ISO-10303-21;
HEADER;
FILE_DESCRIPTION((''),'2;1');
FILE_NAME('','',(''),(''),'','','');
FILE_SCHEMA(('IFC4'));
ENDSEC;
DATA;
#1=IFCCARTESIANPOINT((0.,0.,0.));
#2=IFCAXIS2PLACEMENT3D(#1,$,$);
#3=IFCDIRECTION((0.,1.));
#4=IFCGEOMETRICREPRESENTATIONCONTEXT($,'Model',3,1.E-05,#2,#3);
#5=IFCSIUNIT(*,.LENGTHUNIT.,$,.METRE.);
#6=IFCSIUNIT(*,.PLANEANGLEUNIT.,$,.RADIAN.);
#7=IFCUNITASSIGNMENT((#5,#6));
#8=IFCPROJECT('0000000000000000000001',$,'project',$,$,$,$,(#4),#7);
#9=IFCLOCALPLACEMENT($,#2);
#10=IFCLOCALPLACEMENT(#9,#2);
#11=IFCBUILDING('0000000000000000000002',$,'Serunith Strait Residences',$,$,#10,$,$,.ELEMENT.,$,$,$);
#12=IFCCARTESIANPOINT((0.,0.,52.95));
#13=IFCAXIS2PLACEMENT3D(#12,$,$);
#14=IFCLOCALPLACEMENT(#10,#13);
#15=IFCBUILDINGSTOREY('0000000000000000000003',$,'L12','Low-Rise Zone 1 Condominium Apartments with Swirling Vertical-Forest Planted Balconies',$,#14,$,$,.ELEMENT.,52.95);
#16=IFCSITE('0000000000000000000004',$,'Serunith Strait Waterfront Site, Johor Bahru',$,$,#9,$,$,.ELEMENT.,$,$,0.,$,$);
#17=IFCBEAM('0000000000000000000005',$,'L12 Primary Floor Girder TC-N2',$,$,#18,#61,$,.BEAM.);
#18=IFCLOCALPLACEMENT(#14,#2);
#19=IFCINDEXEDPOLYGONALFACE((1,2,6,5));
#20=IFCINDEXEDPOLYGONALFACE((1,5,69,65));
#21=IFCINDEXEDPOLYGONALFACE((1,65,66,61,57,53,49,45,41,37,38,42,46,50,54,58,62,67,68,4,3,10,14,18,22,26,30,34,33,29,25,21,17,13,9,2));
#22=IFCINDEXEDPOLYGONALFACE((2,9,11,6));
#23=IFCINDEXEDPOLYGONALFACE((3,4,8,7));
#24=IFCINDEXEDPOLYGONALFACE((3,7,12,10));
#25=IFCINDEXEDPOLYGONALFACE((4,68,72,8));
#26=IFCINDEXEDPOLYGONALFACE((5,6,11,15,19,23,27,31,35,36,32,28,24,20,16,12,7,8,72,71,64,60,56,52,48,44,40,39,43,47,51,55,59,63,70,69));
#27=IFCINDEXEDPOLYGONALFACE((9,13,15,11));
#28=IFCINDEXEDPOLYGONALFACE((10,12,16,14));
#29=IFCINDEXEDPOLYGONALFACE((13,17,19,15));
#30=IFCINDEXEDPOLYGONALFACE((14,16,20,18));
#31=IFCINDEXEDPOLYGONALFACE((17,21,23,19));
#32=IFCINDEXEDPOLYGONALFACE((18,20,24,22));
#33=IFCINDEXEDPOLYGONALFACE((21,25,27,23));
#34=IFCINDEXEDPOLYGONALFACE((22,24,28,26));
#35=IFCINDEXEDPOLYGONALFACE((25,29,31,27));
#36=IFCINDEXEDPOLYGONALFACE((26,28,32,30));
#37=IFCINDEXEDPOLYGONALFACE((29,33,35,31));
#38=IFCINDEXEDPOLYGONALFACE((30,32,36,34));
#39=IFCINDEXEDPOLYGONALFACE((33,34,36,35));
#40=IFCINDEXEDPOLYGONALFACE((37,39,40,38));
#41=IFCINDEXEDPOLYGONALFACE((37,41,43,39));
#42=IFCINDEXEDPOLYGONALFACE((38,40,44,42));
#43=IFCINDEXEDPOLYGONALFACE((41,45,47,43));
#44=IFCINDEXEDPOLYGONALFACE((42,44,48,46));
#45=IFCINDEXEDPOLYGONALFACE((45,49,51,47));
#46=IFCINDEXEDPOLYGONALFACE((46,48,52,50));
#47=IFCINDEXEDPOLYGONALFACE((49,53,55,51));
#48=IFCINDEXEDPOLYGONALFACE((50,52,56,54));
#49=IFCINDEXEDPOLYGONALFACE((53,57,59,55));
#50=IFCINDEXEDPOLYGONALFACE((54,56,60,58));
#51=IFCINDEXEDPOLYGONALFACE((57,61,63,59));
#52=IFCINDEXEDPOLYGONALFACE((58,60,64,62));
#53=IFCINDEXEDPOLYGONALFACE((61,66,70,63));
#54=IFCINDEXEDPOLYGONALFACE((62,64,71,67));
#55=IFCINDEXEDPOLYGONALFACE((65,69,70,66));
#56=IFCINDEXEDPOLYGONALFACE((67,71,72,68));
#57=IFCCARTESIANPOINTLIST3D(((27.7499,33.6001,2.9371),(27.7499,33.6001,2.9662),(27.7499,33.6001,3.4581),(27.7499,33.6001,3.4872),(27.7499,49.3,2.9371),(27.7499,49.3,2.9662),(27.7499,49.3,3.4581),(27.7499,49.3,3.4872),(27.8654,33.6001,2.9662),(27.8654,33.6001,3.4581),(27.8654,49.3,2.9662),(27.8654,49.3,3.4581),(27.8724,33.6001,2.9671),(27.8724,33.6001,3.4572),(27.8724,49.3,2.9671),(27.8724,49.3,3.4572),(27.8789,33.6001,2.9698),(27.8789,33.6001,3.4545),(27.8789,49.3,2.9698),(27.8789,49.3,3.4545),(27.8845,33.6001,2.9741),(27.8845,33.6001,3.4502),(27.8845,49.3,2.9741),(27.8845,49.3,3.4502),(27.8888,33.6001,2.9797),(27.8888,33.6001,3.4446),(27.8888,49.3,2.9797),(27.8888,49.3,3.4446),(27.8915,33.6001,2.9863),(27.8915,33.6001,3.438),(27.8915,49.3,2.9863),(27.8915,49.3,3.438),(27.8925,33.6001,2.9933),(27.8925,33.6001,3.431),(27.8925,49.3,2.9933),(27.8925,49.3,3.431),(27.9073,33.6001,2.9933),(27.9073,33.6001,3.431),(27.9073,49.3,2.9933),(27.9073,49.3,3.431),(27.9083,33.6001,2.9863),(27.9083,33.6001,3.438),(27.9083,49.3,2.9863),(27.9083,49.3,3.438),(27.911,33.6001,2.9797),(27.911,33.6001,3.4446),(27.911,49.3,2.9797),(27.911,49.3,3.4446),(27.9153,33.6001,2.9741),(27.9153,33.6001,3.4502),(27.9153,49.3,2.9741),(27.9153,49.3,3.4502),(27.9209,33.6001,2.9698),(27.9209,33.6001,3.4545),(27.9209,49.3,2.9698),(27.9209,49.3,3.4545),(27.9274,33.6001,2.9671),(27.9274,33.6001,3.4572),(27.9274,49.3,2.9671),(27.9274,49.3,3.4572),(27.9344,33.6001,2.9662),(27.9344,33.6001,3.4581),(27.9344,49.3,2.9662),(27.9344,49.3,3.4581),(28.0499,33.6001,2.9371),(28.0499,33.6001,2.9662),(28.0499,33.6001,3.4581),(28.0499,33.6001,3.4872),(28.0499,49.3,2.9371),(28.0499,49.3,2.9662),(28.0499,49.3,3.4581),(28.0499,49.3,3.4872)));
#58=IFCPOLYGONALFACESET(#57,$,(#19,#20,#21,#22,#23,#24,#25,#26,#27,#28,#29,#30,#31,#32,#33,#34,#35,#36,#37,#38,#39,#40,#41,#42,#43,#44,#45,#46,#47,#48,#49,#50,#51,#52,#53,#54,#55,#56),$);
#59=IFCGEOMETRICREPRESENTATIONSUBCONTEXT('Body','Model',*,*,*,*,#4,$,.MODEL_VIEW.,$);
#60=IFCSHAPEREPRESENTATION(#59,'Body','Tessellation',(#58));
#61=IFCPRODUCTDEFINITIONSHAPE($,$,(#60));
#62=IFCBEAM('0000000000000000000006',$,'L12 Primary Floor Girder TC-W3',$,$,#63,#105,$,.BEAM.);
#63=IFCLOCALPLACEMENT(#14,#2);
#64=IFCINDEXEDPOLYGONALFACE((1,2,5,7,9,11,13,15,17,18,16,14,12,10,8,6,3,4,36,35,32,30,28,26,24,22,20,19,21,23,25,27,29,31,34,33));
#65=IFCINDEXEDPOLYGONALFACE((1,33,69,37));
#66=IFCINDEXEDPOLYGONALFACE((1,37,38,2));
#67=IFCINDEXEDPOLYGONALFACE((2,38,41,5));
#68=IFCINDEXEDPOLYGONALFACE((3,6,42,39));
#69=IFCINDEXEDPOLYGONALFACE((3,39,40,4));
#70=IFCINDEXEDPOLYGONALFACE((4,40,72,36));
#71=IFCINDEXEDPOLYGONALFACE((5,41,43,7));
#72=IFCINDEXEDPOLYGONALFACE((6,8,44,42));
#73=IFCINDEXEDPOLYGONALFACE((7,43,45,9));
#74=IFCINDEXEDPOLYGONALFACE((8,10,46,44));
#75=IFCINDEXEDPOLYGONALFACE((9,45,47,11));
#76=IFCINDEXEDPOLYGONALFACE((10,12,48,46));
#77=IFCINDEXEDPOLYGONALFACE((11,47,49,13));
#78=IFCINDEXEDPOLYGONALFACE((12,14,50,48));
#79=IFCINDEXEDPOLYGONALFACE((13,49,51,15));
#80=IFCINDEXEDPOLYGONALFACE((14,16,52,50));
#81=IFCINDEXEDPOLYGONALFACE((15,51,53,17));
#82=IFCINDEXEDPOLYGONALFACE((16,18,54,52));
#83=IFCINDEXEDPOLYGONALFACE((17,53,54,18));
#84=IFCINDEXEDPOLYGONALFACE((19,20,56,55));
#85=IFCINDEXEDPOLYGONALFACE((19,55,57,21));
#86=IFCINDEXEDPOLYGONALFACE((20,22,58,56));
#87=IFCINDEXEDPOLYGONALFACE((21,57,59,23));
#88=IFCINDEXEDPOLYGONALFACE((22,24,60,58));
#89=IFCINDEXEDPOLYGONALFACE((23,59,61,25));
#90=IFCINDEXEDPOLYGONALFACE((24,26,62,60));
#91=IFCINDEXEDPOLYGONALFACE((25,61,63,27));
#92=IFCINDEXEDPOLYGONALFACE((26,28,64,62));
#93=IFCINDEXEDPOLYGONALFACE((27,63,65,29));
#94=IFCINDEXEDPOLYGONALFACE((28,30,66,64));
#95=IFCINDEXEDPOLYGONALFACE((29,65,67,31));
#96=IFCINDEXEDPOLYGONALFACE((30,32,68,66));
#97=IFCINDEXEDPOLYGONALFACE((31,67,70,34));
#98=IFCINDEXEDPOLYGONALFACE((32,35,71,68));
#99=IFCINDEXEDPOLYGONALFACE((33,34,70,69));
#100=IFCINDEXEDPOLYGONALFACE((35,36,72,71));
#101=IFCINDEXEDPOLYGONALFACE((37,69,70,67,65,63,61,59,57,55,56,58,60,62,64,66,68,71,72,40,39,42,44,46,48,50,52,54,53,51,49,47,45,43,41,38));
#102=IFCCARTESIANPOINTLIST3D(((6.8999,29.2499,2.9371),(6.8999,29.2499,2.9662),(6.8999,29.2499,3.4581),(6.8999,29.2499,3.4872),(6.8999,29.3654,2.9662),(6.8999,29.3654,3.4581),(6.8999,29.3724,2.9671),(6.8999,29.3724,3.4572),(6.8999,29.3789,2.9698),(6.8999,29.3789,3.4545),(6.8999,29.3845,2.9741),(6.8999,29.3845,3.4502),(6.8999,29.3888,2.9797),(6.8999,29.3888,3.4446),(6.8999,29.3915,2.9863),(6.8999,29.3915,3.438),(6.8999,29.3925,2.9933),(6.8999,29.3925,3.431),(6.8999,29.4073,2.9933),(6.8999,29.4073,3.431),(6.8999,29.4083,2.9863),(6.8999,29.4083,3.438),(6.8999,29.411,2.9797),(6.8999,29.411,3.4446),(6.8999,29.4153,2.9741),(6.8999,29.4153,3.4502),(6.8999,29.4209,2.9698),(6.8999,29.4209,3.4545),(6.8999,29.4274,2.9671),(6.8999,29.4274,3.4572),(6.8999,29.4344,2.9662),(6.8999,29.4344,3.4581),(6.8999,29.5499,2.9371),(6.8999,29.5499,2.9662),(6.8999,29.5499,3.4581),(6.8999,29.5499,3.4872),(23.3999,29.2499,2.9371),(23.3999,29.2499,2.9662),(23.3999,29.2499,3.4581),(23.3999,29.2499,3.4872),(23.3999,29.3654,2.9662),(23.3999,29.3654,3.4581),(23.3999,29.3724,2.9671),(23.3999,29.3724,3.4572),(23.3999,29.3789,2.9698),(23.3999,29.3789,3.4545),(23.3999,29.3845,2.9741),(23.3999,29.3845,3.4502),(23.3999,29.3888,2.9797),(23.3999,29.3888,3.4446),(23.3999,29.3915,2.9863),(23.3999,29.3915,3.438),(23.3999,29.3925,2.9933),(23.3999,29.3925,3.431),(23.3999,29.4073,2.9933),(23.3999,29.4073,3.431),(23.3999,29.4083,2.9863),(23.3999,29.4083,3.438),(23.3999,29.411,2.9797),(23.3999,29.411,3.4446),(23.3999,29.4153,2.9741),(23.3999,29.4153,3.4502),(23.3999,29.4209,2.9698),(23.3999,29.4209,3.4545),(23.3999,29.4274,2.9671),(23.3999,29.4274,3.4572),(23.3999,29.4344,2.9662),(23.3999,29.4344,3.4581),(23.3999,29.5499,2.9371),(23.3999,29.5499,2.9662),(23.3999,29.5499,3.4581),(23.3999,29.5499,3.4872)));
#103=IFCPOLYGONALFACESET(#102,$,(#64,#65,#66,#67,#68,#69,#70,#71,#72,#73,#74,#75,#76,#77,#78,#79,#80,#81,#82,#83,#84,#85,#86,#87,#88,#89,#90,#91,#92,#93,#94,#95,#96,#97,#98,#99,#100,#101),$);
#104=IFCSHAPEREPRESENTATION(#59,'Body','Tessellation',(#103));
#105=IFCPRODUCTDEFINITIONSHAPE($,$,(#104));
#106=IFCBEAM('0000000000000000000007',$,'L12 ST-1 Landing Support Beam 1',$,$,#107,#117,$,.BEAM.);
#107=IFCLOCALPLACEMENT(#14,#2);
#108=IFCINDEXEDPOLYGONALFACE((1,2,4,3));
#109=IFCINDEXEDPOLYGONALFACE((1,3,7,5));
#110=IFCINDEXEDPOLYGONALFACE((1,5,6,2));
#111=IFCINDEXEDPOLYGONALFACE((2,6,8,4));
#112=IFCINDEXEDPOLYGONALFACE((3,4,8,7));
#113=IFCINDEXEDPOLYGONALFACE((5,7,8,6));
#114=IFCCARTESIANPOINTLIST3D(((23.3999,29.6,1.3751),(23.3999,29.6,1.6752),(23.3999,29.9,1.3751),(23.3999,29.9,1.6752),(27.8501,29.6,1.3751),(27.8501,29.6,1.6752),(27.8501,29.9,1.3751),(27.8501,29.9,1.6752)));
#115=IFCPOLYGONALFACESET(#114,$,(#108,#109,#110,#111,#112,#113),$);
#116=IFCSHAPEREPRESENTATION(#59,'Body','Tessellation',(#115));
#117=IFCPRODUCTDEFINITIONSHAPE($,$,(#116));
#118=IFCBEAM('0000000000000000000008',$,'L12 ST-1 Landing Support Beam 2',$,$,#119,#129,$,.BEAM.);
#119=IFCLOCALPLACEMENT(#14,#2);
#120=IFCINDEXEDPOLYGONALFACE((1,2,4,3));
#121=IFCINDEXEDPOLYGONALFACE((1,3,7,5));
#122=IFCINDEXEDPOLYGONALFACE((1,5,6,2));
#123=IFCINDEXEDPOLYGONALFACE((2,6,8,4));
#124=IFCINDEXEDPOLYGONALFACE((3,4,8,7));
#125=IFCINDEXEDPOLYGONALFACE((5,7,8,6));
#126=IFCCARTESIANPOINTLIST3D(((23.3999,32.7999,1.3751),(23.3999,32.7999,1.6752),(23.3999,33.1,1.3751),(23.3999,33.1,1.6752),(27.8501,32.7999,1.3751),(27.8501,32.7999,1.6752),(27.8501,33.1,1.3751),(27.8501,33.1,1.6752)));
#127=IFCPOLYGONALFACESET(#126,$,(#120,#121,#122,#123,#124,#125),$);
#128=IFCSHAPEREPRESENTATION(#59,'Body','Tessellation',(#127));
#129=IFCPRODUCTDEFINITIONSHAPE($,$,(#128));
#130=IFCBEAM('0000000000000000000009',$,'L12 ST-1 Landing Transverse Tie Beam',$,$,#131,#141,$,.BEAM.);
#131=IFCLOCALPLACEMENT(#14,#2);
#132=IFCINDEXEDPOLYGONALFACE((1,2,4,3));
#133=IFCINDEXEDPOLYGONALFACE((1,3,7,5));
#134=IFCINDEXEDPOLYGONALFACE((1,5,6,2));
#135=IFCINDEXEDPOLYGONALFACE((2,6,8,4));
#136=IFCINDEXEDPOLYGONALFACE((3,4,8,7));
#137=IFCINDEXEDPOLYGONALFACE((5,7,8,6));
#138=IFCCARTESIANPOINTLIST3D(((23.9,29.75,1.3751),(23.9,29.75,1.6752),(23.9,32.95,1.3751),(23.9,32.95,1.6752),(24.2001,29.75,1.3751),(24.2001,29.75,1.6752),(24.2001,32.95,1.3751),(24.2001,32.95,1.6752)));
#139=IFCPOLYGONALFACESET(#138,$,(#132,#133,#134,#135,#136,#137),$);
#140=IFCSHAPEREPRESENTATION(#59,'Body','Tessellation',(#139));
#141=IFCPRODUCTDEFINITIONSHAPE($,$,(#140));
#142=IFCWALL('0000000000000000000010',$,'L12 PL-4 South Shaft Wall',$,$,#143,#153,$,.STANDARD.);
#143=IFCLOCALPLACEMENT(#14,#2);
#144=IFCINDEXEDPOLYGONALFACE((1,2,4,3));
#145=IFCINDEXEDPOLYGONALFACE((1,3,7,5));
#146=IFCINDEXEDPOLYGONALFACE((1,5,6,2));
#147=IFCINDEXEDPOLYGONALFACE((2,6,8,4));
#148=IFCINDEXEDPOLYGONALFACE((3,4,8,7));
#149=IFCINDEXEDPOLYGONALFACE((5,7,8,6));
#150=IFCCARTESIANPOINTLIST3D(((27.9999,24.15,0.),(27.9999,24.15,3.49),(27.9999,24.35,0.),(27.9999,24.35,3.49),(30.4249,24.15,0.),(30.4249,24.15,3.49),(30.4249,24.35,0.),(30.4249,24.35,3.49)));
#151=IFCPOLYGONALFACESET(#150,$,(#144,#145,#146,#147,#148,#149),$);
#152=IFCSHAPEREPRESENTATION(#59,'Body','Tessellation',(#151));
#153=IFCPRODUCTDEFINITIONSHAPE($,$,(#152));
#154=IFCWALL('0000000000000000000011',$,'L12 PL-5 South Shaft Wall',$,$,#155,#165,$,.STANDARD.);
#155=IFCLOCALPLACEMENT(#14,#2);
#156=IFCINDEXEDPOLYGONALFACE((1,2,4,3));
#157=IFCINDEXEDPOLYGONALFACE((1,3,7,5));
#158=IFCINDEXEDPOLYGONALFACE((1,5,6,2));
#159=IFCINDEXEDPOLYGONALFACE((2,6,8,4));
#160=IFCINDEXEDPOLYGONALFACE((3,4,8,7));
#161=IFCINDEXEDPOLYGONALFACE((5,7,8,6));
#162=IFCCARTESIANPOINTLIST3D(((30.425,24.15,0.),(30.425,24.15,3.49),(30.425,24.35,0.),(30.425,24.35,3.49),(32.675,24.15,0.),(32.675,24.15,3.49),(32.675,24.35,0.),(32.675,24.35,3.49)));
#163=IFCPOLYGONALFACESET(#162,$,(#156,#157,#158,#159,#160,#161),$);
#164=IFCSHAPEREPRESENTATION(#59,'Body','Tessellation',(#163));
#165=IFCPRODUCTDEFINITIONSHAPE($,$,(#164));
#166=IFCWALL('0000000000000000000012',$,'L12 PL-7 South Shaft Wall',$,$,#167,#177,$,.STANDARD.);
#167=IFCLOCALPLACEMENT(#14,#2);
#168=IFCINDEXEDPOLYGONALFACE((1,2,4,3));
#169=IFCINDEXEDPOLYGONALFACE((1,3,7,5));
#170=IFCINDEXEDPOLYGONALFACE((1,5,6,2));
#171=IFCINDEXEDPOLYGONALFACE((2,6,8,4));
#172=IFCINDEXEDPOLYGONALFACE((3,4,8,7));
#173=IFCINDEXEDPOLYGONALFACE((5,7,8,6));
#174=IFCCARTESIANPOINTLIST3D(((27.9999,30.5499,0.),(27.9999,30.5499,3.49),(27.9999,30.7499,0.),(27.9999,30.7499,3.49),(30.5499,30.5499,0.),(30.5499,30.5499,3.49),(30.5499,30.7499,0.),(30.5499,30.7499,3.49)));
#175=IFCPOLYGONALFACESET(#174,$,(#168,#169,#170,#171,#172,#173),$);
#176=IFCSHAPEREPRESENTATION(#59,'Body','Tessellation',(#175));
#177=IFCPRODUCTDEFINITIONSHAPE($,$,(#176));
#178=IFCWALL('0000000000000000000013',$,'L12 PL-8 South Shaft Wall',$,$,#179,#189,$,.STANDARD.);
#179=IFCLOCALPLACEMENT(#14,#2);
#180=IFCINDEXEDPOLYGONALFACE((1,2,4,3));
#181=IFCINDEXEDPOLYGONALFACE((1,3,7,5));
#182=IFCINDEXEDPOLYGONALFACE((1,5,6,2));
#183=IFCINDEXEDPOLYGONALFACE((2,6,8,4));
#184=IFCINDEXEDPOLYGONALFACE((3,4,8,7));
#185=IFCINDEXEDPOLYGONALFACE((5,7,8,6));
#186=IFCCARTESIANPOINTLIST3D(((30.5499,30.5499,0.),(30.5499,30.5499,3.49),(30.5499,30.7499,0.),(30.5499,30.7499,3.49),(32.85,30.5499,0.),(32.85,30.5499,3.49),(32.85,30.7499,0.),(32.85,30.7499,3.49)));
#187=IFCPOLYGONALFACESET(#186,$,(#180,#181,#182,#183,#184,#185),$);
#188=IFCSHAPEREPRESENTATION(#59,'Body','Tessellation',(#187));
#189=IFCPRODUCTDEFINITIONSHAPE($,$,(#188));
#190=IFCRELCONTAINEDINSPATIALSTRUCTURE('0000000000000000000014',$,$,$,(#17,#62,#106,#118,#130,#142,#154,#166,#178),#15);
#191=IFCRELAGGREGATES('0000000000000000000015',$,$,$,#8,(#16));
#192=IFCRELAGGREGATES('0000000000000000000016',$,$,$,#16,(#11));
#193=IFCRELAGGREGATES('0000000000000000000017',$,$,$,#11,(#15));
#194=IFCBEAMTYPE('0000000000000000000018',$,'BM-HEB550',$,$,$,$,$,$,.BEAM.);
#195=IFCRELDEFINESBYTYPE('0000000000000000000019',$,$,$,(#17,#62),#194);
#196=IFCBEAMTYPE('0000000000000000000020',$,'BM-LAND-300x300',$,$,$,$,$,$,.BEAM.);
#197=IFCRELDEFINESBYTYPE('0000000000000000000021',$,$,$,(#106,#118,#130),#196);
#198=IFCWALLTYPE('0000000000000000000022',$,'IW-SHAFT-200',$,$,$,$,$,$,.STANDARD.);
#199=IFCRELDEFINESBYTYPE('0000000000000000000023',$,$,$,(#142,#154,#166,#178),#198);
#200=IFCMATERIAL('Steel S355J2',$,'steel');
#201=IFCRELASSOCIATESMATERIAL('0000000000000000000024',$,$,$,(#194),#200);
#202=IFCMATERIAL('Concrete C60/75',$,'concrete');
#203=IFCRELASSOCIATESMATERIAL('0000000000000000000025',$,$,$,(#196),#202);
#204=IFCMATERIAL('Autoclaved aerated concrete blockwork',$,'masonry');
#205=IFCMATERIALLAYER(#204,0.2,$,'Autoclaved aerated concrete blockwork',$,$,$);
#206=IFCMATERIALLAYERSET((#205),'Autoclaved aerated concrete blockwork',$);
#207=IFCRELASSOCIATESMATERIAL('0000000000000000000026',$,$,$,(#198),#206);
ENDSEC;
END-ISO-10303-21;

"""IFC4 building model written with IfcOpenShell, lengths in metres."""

from ifc_helpers import new_model, si_unit, direction, frame, frame_2d, origin, origin_2d, place, context, subcontext, project, spatial, rectangle, i_section, extrude, source, transform, mapped, material, layer, layer_set, material_profile, profile_set, type_object, element, save


model = new_model("IFC4")

# Units and contexts
model_context = context("Model", 3, precision=1e-05, world=origin(), true_north=direction((0.0, 1.0)))
body_context = subcontext(model_context, "Body", "Model", "MODEL_VIEW")
ifc_project = project(units=[si_unit("LENGTHUNIT", "METRE"), si_unit("PLANEANGLEUNIT", "RADIAN")], contexts=[model_context])

# Site, building, storey
site_placement = place(None, origin())
site = spatial("IfcSite", under=ifc_project, at=site_placement, Name="Serunith Strait Waterfront Site, Johor Bahru", CompositionType="ELEMENT", RefElevation=0.0)
building_placement = place(site_placement, origin())
building = spatial("IfcBuilding", under=site, at=building_placement, Name="Serunith Strait Residences", CompositionType="ELEMENT")
storey_placement = place(building_placement, frame((0.0, 0.0, 52.95)))
storey = spatial("IfcBuildingStorey", under=building, at=storey_placement, Name="L12", Description="Low-Rise Zone 1 Condominium Apartments with Swirling Vertical-Forest Planted Balconies", CompositionType="ELEMENT", Elevation=52.95)

# Beams
ifc_material_1 = material(Name="Steel S355J2", Category="steel")
ifc_material_profile_1 = material_profile(ifc_material_1, i_section(OverallWidth=0.3, OverallDepth=0.55, WebThickness=0.0149, FlangeThickness=0.0291, FilletRadius=0.0271, at=origin_2d()), Name="HEB 550")
ifc_profile_set_1 = profile_set([ifc_material_profile_1], Name="Steel S355J2")
beam_type_1 = type_object("IfcBeamType", Name="BM-HEB550", PredefinedType="BEAM", material=ifc_profile_set_1)
shared_shape_1 = source(origin(), body_context, "Body", "SweptSolid", [
    extrude(i_section(OverallWidth=0.3, OverallDepth=0.55, WebThickness=0.0149, FlangeThickness=0.0291, FilletRadius=0.0271, at=origin_2d()), origin(), (0.0, 0.0, 1.0), 15.7),
])
beam_1_placement = place(storey_placement, frame((27.8999, 33.6001, 3.2122), z_axis=(0.0, 1.0, 0.0), x_axis=(-1.0, 0.0, 0.0)))
element("IfcBeam", 1, at=beam_1_placement, inside=storey, type_object=beam_type_1, Name="L12 Primary Floor Girder TC-N2", PredefinedType="BEAM", context=body_context, shape_type="MappedRepresentation", body=[
    mapped(shared_shape_1, transform((0.0, 0.0, 0.0), scale=1.0)),
])
shared_shape_2 = source(origin(), body_context, "Body", "SweptSolid", [
    extrude(i_section(OverallWidth=0.3, OverallDepth=0.55, WebThickness=0.0149, FlangeThickness=0.0291, FilletRadius=0.0271, at=origin_2d()), origin(), (0.0, 0.0, 1.0), 16.5),
])
beam_2_placement = place(storey_placement, frame((23.3999, 29.3999, 3.2122), z_axis=(-1.0, 0.0, 0.0), x_axis=(0.0, -1.0, 0.0)))
element("IfcBeam", 2, at=beam_2_placement, inside=storey, type_object=beam_type_1, Name="L12 Primary Floor Girder TC-W3", PredefinedType="BEAM", context=body_context, shape_type="MappedRepresentation", body=[
    mapped(shared_shape_2, transform((0.0, 0.0, 0.0), scale=1.0)),
])
ifc_material_2 = material(Name="Concrete C60/75", Category="concrete")
ifc_material_profile_2 = material_profile(ifc_material_2, rectangle(XDim=0.3, YDim=0.3, at=origin_2d()), Name="RC 300x300")
ifc_profile_set_2 = profile_set([ifc_material_profile_2], Name="Concrete C60/75")
beam_type_2 = type_object("IfcBeamType", Name="BM-LAND-300x300", PredefinedType="BEAM", material=ifc_profile_set_2)
shared_shape_3 = source(origin(), body_context, "Body", "SweptSolid", [
    extrude(rectangle(XDim=0.3, YDim=0.3, at=origin_2d()), origin(), (0.0, 0.0, 1.0), 4.4502),
])
for number, where, z_axis, x_axis, name in (
    (3, (23.3999, 29.75, 1.5251), (1.0, 0.0, 0.0), (0.0, 1.0, 0.0), "L12 ST-1 Landing Support Beam 1"),
    (4, (23.3999, 32.95, 1.5251), (1.0, 0.0, 0.0), (0.0, 1.0, 0.0), "L12 ST-1 Landing Support Beam 2"),
):
    element("IfcBeam", number, at=place(storey_placement, frame(where, z_axis=z_axis, x_axis=x_axis)), inside=storey, type_object=beam_type_2, Name=name, PredefinedType="BEAM", context=body_context, shape_type="MappedRepresentation", body=[
        mapped(shared_shape_3, transform((0.0, 0.0, 0.0), scale=1.0)),
    ])
shared_shape_4 = source(origin(), body_context, "Body", "SweptSolid", [
    extrude(rectangle(XDim=0.3, YDim=0.3, at=origin_2d()), origin(), (0.0, 0.0, 1.0), 3.2),
])
beam_3_placement = place(storey_placement, frame((24.05, 29.75, 1.5251), z_axis=(0.0, 1.0, 0.0), x_axis=(-1.0, 0.0, 0.0)))
element("IfcBeam", 5, at=beam_3_placement, inside=storey, type_object=beam_type_2, Name="L12 ST-1 Landing Transverse Tie Beam", PredefinedType="BEAM", context=body_context, shape_type="MappedRepresentation", body=[
    mapped(shared_shape_4, transform((0.0, 0.0, 0.0), scale=1.0)),
])

# Shared definitions
ifc_material_3 = material(Name="Autoclaved aerated concrete blockwork", Category="masonry")
ifc_layer = layer(ifc_material_3, 0.2, Name="Autoclaved aerated concrete blockwork")
ifc_layer_set = layer_set([ifc_layer], Name="Autoclaved aerated concrete blockwork")
wall_type = type_object("IfcWallType", Name="IW-SHAFT-200", PredefinedType="STANDARD", material=ifc_layer_set)

# Walls
wall_1_placement = place(storey_placement, frame((28.0, 24.25, 0.0), z_axis=(0.0, 0.0, 1.0), x_axis=(1.0, 0.0, 0.0)))
element("IfcWall", 6, at=wall_1_placement, inside=storey, type_object=wall_type, Name="L12 PL-4 South Shaft Wall", PredefinedType="STANDARD", context=body_context, shape_type="SweptSolid", body=[
    extrude(rectangle(XDim=2.425, YDim=0.2, at=frame_2d((1.2124, 0.0))), origin(), (0.0, 0.0, 1.0), 3.49),
])
wall_2_placement = place(storey_placement, frame((30.425, 24.25, 0.0), z_axis=(0.0, 0.0, 1.0), x_axis=(1.0, 0.0, 0.0)))
element("IfcWall", 7, at=wall_2_placement, inside=storey, type_object=wall_type, Name="L12 PL-5 South Shaft Wall", PredefinedType="STANDARD", context=body_context, shape_type="SweptSolid", body=[
    extrude(rectangle(XDim=2.25, YDim=0.2, at=frame_2d((1.125, 0.0))), origin(), (0.0, 0.0, 1.0), 3.49),
])
wall_3_placement = place(storey_placement, frame((28.0, 30.6499, 0.0), z_axis=(0.0, 0.0, 1.0), x_axis=(1.0, 0.0, 0.0)))
element("IfcWall", 8, at=wall_3_placement, inside=storey, type_object=wall_type, Name="L12 PL-7 South Shaft Wall", PredefinedType="STANDARD", context=body_context, shape_type="SweptSolid", body=[
    extrude(rectangle(XDim=2.55, YDim=0.2, at=frame_2d((1.2749, 0.0))), origin(), (0.0, 0.0, 1.0), 3.49),
])
wall_4_placement = place(storey_placement, frame((30.55, 30.6499, 0.0), z_axis=(0.0, 0.0, 1.0), x_axis=(1.0, 0.0, 0.0)))
element("IfcWall", 9, at=wall_4_placement, inside=storey, type_object=wall_type, Name="L12 PL-8 South Shaft Wall", PredefinedType="STANDARD", context=body_context, shape_type="SweptSolid", body=[
    extrude(rectangle(XDim=2.3, YDim=0.2, at=frame_2d((1.1499, 0.0))), origin(), (0.0, 0.0, 1.0), 3.49),
])

save(model, "model.ifc")
